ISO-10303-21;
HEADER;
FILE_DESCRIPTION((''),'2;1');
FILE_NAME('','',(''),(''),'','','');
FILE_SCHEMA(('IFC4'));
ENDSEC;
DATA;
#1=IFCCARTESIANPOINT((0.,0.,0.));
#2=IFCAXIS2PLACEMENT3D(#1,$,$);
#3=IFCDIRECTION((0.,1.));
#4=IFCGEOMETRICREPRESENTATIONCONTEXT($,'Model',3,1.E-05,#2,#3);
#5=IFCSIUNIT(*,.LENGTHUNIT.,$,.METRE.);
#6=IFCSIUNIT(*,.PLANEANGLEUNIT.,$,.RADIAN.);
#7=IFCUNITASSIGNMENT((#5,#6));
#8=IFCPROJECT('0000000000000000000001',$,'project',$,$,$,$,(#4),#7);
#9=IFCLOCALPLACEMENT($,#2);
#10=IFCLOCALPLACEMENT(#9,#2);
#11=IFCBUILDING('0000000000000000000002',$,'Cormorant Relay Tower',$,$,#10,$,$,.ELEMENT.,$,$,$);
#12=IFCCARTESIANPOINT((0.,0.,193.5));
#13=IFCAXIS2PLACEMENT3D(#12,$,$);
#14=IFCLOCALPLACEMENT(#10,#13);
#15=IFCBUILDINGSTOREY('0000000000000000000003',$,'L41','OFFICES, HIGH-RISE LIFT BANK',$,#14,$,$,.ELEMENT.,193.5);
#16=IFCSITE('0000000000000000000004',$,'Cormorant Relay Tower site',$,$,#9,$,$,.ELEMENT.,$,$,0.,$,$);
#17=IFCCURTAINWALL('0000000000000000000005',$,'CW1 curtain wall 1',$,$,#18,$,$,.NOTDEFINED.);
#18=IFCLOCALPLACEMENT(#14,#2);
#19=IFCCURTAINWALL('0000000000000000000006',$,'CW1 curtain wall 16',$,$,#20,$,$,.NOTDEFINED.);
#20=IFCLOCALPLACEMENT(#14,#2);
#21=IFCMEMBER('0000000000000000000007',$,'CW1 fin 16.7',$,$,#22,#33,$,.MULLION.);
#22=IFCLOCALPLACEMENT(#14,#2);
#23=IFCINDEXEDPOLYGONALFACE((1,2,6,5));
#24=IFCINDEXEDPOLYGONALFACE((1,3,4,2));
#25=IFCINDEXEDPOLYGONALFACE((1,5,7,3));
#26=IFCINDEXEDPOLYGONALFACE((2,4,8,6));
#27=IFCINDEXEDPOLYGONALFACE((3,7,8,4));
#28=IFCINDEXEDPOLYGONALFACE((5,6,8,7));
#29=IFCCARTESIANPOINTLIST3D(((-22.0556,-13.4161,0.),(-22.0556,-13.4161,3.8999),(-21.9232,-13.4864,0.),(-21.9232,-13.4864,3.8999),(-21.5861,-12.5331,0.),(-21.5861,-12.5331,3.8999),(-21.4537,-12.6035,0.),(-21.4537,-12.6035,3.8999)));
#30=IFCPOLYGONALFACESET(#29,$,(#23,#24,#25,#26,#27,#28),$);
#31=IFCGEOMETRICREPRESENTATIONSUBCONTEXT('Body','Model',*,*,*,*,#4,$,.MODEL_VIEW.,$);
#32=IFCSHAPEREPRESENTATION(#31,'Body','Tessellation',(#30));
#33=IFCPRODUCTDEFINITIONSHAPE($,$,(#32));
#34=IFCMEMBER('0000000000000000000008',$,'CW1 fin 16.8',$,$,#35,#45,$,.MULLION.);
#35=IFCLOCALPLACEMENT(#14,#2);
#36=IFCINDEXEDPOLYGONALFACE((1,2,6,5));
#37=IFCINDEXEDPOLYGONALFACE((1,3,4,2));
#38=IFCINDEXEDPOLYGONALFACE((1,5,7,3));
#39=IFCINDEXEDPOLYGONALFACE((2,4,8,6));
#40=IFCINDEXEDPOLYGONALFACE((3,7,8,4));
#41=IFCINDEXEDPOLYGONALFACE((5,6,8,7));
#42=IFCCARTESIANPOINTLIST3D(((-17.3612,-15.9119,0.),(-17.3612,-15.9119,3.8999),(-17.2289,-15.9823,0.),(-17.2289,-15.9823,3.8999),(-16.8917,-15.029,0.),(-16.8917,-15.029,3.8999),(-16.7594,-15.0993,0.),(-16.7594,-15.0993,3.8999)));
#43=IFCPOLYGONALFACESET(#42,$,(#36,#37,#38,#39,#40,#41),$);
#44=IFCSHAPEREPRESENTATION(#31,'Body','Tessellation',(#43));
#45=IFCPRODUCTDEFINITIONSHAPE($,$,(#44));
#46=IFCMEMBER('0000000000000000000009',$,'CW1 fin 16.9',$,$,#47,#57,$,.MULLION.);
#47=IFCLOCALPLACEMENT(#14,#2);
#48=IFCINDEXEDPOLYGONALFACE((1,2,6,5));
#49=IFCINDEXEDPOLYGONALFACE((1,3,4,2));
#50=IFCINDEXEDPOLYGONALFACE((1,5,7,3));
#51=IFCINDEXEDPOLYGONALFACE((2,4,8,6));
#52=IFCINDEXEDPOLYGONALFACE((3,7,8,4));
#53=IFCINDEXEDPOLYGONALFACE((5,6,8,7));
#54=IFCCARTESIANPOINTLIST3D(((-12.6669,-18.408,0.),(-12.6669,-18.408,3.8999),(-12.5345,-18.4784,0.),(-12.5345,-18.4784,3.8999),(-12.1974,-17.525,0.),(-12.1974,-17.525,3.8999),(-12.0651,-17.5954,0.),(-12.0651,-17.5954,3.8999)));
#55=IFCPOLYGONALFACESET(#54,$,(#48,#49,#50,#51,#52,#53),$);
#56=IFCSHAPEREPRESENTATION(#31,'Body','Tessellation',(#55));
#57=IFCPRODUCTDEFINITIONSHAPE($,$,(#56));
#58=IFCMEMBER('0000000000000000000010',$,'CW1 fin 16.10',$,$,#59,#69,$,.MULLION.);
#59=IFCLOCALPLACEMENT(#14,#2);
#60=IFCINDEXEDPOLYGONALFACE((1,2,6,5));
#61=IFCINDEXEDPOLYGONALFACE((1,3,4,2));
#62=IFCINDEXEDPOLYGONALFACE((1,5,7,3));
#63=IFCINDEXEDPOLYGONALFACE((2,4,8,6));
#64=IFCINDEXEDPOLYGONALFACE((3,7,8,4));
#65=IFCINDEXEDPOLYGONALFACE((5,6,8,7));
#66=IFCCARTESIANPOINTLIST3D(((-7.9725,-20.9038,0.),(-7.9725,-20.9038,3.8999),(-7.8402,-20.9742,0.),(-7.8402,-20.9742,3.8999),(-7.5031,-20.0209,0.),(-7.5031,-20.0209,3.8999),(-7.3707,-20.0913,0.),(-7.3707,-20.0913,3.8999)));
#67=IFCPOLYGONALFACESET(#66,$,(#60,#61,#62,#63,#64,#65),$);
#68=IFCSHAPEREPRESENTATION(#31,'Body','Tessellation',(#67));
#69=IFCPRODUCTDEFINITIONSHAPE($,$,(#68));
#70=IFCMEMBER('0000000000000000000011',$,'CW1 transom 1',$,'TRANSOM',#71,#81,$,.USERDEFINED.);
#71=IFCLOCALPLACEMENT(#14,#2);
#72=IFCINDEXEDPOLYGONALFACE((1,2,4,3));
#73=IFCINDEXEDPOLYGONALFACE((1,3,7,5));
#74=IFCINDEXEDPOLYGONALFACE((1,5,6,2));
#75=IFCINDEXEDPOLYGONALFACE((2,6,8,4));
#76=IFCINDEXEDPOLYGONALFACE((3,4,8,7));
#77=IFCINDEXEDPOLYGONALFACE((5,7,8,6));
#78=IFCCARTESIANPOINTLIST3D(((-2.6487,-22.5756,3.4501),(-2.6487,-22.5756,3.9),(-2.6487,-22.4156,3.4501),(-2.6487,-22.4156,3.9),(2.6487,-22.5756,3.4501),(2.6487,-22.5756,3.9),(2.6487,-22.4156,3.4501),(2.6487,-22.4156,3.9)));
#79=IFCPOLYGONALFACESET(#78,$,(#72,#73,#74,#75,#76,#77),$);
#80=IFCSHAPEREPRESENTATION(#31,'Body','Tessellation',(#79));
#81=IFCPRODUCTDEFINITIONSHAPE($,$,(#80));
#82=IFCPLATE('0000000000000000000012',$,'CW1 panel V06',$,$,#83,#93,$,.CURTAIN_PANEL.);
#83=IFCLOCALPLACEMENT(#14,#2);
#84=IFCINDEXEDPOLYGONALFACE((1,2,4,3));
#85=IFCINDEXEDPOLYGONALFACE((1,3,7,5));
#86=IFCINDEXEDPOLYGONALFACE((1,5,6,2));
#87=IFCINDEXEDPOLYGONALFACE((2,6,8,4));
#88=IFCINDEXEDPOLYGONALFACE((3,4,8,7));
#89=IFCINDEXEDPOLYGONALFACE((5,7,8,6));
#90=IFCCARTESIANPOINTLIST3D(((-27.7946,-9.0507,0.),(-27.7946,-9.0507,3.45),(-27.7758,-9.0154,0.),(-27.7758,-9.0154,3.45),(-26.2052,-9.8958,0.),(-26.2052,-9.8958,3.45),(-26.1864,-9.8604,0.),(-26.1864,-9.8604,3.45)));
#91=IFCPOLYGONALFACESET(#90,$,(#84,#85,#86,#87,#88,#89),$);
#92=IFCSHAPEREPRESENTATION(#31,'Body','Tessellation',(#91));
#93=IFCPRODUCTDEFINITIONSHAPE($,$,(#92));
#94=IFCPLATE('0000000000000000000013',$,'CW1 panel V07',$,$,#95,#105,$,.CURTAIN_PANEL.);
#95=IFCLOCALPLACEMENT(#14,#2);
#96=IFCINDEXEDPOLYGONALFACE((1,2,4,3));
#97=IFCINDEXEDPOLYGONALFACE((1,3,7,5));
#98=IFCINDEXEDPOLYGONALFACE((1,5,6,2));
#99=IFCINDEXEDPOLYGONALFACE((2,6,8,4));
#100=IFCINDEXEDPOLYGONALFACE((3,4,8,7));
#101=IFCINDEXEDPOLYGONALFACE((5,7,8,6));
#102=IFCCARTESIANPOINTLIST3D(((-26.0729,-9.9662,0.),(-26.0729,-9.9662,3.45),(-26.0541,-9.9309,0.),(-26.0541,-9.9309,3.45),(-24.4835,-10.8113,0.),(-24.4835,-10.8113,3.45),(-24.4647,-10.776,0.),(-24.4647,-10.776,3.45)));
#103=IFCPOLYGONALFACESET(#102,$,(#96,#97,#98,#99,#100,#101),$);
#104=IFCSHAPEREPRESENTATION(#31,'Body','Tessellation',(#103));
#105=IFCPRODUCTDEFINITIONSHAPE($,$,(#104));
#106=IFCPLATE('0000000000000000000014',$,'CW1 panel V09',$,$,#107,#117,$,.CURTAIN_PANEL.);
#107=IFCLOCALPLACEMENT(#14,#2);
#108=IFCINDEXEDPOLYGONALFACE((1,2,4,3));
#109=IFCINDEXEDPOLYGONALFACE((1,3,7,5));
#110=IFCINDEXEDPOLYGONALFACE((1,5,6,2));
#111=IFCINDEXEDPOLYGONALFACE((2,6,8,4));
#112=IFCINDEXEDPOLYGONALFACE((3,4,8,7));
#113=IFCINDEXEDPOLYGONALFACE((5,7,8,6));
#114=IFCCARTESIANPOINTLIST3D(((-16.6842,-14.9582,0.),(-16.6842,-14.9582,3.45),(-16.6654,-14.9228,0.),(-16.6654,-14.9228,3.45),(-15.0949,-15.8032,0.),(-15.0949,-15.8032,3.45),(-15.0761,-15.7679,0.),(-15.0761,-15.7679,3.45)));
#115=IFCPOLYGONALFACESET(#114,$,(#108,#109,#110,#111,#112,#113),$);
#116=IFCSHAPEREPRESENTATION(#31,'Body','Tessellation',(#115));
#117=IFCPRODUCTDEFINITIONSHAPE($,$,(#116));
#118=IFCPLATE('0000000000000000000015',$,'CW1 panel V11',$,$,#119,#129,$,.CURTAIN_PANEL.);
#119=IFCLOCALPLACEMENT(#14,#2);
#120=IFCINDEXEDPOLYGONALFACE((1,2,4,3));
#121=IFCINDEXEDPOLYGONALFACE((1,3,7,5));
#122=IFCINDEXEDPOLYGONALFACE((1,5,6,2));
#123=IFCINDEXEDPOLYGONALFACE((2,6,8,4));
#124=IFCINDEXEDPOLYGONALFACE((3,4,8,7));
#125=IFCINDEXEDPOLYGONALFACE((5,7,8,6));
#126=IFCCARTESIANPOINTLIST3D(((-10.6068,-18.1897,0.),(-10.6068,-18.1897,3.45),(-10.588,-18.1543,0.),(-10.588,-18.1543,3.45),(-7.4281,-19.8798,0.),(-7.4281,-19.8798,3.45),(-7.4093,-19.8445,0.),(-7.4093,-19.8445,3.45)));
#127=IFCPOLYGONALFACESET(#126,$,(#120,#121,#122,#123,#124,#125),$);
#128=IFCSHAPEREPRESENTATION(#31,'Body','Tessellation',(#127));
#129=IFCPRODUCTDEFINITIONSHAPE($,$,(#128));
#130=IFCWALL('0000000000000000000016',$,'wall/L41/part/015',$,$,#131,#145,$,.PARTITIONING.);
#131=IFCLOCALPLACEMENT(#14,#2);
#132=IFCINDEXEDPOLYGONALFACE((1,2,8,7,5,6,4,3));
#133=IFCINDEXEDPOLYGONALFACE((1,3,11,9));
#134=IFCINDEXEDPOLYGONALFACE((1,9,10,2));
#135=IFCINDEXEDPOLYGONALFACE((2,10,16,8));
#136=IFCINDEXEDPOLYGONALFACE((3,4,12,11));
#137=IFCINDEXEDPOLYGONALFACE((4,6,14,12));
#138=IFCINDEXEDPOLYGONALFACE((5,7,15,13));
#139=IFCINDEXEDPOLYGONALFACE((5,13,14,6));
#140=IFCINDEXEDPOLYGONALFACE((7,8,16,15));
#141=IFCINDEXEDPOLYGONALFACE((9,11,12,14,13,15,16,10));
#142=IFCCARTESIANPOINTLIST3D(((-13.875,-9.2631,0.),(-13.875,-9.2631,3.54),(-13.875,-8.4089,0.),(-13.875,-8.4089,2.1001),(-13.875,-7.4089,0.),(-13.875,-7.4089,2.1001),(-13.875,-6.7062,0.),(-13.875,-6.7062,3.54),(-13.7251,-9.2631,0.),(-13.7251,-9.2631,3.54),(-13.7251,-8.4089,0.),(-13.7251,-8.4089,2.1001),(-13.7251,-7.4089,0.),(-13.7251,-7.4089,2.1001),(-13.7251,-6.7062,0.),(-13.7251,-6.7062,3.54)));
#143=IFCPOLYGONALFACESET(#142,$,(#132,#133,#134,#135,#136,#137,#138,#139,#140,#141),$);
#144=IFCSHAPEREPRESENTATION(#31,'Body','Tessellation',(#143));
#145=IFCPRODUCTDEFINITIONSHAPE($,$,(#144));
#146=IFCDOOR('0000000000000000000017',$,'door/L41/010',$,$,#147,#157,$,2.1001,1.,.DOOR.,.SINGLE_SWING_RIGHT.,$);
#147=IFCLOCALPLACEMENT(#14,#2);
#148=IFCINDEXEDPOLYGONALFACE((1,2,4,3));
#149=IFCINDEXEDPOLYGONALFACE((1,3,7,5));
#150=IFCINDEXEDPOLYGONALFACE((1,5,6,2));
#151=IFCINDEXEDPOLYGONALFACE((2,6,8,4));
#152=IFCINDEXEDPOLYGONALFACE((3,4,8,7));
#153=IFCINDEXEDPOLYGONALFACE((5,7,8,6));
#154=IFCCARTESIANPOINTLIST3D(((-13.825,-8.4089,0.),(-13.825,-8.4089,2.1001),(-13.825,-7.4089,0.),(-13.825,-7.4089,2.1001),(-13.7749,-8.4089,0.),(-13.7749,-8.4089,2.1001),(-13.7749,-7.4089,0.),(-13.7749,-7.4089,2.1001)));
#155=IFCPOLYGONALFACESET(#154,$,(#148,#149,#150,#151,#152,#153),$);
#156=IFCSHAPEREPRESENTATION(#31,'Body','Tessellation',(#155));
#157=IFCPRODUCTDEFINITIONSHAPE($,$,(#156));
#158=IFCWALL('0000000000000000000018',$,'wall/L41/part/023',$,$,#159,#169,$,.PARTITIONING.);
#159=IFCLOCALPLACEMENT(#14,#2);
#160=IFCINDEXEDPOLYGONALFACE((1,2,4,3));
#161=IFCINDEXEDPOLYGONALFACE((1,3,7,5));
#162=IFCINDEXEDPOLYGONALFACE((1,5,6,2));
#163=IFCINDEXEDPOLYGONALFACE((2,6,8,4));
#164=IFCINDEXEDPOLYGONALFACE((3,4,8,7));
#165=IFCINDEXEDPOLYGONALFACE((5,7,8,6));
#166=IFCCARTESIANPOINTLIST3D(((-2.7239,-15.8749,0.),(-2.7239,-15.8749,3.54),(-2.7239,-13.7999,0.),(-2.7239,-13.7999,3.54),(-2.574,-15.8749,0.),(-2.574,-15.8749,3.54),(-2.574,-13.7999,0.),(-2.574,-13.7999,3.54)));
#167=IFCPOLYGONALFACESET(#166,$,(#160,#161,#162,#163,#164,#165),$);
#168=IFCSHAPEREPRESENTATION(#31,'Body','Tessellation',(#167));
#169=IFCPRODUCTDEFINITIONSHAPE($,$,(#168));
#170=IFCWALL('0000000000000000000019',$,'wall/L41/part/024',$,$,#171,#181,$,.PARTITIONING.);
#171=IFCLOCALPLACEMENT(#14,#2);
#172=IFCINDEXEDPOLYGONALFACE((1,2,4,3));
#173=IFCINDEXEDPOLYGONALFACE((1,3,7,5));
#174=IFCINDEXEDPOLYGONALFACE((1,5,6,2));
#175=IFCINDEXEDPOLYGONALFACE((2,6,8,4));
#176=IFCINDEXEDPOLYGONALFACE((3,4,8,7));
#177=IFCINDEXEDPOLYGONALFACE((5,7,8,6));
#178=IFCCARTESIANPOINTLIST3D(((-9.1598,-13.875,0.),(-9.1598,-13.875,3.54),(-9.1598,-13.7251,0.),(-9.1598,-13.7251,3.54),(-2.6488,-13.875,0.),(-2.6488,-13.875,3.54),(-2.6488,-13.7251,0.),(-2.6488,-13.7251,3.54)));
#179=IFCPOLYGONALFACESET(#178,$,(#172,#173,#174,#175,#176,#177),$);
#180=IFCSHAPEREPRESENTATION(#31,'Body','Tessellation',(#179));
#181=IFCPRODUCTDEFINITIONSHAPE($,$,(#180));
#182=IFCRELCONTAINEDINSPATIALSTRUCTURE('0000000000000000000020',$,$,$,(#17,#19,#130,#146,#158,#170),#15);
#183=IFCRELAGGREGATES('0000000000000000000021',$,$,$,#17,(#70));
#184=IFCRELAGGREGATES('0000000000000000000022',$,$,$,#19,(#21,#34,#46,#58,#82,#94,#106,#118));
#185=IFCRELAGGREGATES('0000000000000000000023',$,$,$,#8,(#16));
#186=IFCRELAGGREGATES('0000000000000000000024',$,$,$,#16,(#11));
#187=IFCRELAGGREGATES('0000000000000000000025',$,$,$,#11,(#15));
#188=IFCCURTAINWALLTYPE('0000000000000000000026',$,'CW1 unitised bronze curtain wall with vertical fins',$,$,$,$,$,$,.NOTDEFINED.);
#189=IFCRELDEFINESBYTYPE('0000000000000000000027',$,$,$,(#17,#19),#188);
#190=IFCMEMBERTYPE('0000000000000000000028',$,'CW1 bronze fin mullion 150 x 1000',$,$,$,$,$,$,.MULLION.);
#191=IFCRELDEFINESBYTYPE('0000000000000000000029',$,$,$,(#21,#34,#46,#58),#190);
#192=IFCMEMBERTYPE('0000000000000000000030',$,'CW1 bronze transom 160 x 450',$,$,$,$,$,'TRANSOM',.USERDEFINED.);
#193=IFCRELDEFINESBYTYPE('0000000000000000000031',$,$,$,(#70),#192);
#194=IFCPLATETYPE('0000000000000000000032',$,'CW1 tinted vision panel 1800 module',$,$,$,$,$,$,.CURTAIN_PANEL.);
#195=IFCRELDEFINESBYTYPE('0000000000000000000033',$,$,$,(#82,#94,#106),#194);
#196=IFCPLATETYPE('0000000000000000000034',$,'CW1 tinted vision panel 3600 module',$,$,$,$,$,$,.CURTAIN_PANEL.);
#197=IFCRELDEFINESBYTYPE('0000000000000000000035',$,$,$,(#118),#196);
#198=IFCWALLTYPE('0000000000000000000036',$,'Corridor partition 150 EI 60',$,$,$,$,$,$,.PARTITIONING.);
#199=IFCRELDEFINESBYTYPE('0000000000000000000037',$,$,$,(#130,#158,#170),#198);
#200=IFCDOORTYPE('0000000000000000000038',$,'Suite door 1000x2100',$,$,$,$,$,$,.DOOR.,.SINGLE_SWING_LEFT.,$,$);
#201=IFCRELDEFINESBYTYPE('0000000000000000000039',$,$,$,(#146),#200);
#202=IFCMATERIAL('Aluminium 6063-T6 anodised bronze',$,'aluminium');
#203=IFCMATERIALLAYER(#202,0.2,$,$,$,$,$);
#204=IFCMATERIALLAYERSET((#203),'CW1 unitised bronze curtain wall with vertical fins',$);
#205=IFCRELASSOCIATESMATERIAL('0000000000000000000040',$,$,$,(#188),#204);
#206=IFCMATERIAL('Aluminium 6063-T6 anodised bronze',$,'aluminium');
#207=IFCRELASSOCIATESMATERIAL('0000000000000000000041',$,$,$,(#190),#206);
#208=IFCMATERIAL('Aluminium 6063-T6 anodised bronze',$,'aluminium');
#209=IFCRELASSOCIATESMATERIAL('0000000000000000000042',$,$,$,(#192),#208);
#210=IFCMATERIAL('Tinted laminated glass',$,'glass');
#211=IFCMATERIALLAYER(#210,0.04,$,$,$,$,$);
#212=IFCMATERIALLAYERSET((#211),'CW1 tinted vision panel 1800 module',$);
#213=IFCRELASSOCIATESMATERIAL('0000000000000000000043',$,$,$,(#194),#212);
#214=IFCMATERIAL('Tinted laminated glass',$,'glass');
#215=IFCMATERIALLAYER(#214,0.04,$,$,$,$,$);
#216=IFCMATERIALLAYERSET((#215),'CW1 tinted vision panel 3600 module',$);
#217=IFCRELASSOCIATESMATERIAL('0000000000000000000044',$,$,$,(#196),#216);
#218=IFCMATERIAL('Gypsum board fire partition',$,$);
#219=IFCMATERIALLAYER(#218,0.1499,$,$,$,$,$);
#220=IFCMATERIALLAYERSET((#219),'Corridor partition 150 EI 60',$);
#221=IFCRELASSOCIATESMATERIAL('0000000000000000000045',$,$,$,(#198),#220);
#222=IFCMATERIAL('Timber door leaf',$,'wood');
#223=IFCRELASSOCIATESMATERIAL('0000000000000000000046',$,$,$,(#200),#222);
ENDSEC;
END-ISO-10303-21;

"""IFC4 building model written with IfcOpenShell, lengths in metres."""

from ifc_helpers import new_model, si_unit, direction, frame, frame_2d, origin, origin_2d, place, context, subcontext, project, spatial, rectangle, extrude, material, layer, layer_set, material_profile, profile_set, type_object, element, fill, aggregate, save


model = new_model("IFC4")

# Units and contexts
model_context = context("Model", 3, precision=1e-05, world=origin(), true_north=direction((0.0, 1.0)))
body_context = subcontext(model_context, "Body", "Model", "MODEL_VIEW")
ifc_project = project(units=[si_unit("LENGTHUNIT", "METRE"), si_unit("PLANEANGLEUNIT", "RADIAN")], contexts=[model_context])

# Site, building, storey
site_placement = place(None, origin())
site = spatial("IfcSite", under=ifc_project, at=site_placement, Name="Cormorant Relay Tower site", CompositionType="ELEMENT", RefElevation=0.0)
building_placement = place(site_placement, origin())
building = spatial("IfcBuilding", under=site, at=building_placement, Name="Cormorant Relay Tower", CompositionType="ELEMENT")
storey_placement = place(building_placement, frame((0.0, 0.0, 193.5)))
storey = spatial("IfcBuildingStorey", under=building, at=storey_placement, Name="L41", Description="OFFICES, HIGH-RISE LIFT BANK", CompositionType="ELEMENT", Elevation=193.5)

# Curtain wall
ifc_material_1 = material(Name="Aluminium 6063-T6 anodised bronze", Category="aluminium")
ifc_layer_1 = layer(ifc_material_1, 0.2)
ifc_layer_set_1 = layer_set([ifc_layer_1], Name="CW1 unitised bronze curtain wall with vertical fins")
curtain_wall_type = type_object("IfcCurtainWallType", Name="CW1 unitised bronze curtain wall with vertical fins", PredefinedType="NOTDEFINED", material=ifc_layer_set_1)
curtain_wall_1_placement = place(storey_placement, origin())
curtain_wall_1 = element("IfcCurtainWall", 1, at=curtain_wall_1_placement, inside=storey, type_object=curtain_wall_type, Name="CW1 curtain wall 1", PredefinedType="NOTDEFINED")
ifc_material_2 = material(Name="Aluminium 6063-T6 anodised bronze", Category="aluminium")
ifc_material_profile_1 = material_profile(ifc_material_2, rectangle(XDim=0.1499, YDim=1.0, at=origin_2d()), Name="AL 150x1000")
ifc_profile_set_1 = profile_set([ifc_material_profile_1], Name="Aluminium 6063-T6 anodised bronze")
member_type_1 = type_object("IfcMemberType", Name="CW1 bronze fin mullion 150 x 1000", PredefinedType="MULLION", material=ifc_profile_set_1)

# Curtain wall, members
curtain_wall_2_placement = place(storey_placement, origin())
curtain_wall_2 = element("IfcCurtainWall", 2, at=curtain_wall_2_placement, inside=storey, type_object=curtain_wall_type, Name="CW1 curtain wall 16", PredefinedType="NOTDEFINED")
member_1_placement = place(storey_placement, frame((-21.7546, -13.0098, 0.0), z_axis=(0.0, 0.0, 1.0), x_axis=(0.882948, -0.469472, 0.0)))
member_1 = element("IfcMember", 3, at=member_1_placement, type_object=member_type_1, Name="CW1 fin 16.7", PredefinedType="MULLION", context=body_context, shape_type="SweptSolid", body=[
    extrude(rectangle(XDim=0.1499, YDim=1.0, at=origin_2d()), origin(), (0.0, 0.0, 1.0), 3.8999),
])
member_2_placement = place(storey_placement, frame((-17.0603, -15.5056, 0.0), z_axis=(0.0, 0.0, 1.0), x_axis=(0.882948, -0.469472, 0.0)))
member_2 = element("IfcMember", 4, at=member_2_placement, type_object=member_type_1, Name="CW1 fin 16.8", PredefinedType="MULLION", context=body_context, shape_type="SweptSolid", body=[
    extrude(rectangle(XDim=0.1499, YDim=1.0, at=origin_2d()), origin(), (0.0, 0.0, 1.0), 3.8999),
])
member_3_placement = place(storey_placement, frame((-12.366, -18.0017, 0.0), z_axis=(0.0, 0.0, 1.0), x_axis=(0.882948, -0.469472, 0.0)))
member_3 = element("IfcMember", 5, at=member_3_placement, type_object=member_type_1, Name="CW1 fin 16.9", PredefinedType="MULLION", context=body_context, shape_type="SweptSolid", body=[
    extrude(rectangle(XDim=0.1499, YDim=1.0, at=origin_2d()), origin(), (0.0, 0.0, 1.0), 3.8999),
])
member_4_placement = place(storey_placement, frame((-7.6716, -20.4976, 0.0), z_axis=(0.0, 0.0, 1.0), x_axis=(0.882948, -0.469472, 0.0)))
member_4 = element("IfcMember", 6, at=member_4_placement, type_object=member_type_1, Name="CW1 fin 16.10", PredefinedType="MULLION", context=body_context, shape_type="SweptSolid", body=[
    extrude(rectangle(XDim=0.1499, YDim=1.0, at=origin_2d()), origin(), (0.0, 0.0, 1.0), 3.8999),
])

# Member
ifc_material_3 = material(Name="Aluminium 6063-T6 anodised bronze", Category="aluminium")
ifc_material_profile_2 = material_profile(ifc_material_3, rectangle(XDim=0.1599, YDim=0.45, at=origin_2d()), Name="AL 160x450")
ifc_profile_set_2 = profile_set([ifc_material_profile_2], Name="Aluminium 6063-T6 anodised bronze")
member_type_2 = type_object("IfcMemberType", Name="CW1 bronze transom 160 x 450", ElementType="TRANSOM", PredefinedType="USERDEFINED", material=ifc_profile_set_2)
member_5_placement = place(storey_placement, frame((-2.6487, -22.4956, 3.675), z_axis=(1.0, 0.0, 0.0), x_axis=(0.0, 1.0, 0.0)))
member_5 = element("IfcMember", 7, at=member_5_placement, type_object=member_type_2, Name="CW1 transom 1", ObjectType="TRANSOM", PredefinedType="USERDEFINED", context=body_context, shape_type="SweptSolid", body=[
    extrude(rectangle(XDim=0.1599, YDim=0.45, at=origin_2d()), origin(), (0.0, 0.0, 1.0), 5.2974),
])
aggregate(curtain_wall_1, [member_5])

# Plates
ifc_material_4 = material(Name="Tinted laminated glass", Category="glass")
ifc_layer_2 = layer(ifc_material_4, 0.04)
ifc_layer_set_2 = layer_set([ifc_layer_2], Name="CW1 tinted vision panel 1800 module")
plate_type_1 = type_object("IfcPlateType", Name="CW1 tinted vision panel 1800 module", PredefinedType="CURTAIN_PANEL", material=ifc_layer_set_2)
plate_1_placement = place(storey_placement, frame((-26.9905, -9.4556, 0.0), z_axis=(0.0, 0.0, 1.0), x_axis=(0.882948, -0.469472, 0.0)))
plate_1 = element("IfcPlate", 8, at=plate_1_placement, type_object=plate_type_1, Name="CW1 panel V06", PredefinedType="CURTAIN_PANEL", context=body_context, shape_type="SweptSolid", body=[
    extrude(rectangle(XDim=1.8, YDim=0.04, at=origin_2d()), origin(), (0.0, 0.0, 1.0), 3.45),
])
plate_2_placement = place(storey_placement, frame((-25.2688, -10.3711, 0.0), z_axis=(0.0, 0.0, 1.0), x_axis=(0.882948, -0.469472, 0.0)))
plate_2 = element("IfcPlate", 9, at=plate_2_placement, type_object=plate_type_1, Name="CW1 panel V07", PredefinedType="CURTAIN_PANEL", context=body_context, shape_type="SweptSolid", body=[
    extrude(rectangle(XDim=1.8, YDim=0.04, at=origin_2d()), origin(), (0.0, 0.0, 1.0), 3.45),
])
plate_3_placement = place(storey_placement, frame((-15.8801, -15.363, 0.0), z_axis=(0.0, 0.0, 1.0), x_axis=(0.882948, -0.469472, 0.0)))
plate_3 = element("IfcPlate", 10, at=plate_3_placement, type_object=plate_type_1, Name="CW1 panel V09", PredefinedType="CURTAIN_PANEL", context=body_context, shape_type="SweptSolid", body=[
    extrude(rectangle(XDim=1.8, YDim=0.04, at=origin_2d()), origin(), (0.0, 0.0, 1.0), 3.45),
])
ifc_material_5 = material(Name="Tinted laminated glass", Category="glass")
ifc_layer_3 = layer(ifc_material_5, 0.04)
ifc_layer_set_3 = layer_set([ifc_layer_3], Name="CW1 tinted vision panel 3600 module")
plate_type_2 = type_object("IfcPlateType", Name="CW1 tinted vision panel 3600 module", PredefinedType="CURTAIN_PANEL", material=ifc_layer_set_3)
plate_4_placement = place(storey_placement, frame((-9.0081, -19.0171, 0.0), z_axis=(0.0, 0.0, 1.0), x_axis=(0.882948, -0.469472, 0.0)))
plate_4 = element("IfcPlate", 11, at=plate_4_placement, type_object=plate_type_2, Name="CW1 panel V11", PredefinedType="CURTAIN_PANEL", context=body_context, shape_type="SweptSolid", body=[
    extrude(rectangle(XDim=3.6001, YDim=0.04, at=origin_2d()), origin(), (0.0, 0.0, 1.0), 3.45),
])

# Wall, opening, door
ifc_material_6 = material(Name="Gypsum board fire partition")
ifc_layer_4 = layer(ifc_material_6, 0.1499)
ifc_layer_set_4 = layer_set([ifc_layer_4], Name="Corridor partition 150 EI 60")
wall_type_1 = type_object("IfcWallType", Name="Corridor partition 150 EI 60", PredefinedType="PARTITIONING", material=ifc_layer_set_4)
wall_1_placement = place(storey_placement, frame((-13.8, -9.2629, 0.0), z_axis=(0.0, 0.0, 1.0), x_axis=(0.0, 1.0, 0.0)))
wall_1 = element("IfcWall", 12, at=wall_1_placement, inside=storey, type_object=wall_type_1, Name="wall/L41/part/015", PredefinedType="PARTITIONING", context=body_context, shape_type="SweptSolid", body=[
    extrude(rectangle(XDim=2.5569, YDim=0.1499, at=frame_2d((1.2783, 0.0))), origin(), (0.0, 0.0, 1.0), 3.54),
])
opening_1_placement = place(wall_1_placement, frame((0.854, 0.0, 0.0)))
opening_1 = element("IfcOpeningElement", 13, at=opening_1_placement, cuts=wall_1, PredefinedType="OPENING", context=body_context, shape_type="SweptSolid", body=[
    extrude(rectangle(XDim=1.0, YDim=2.1001, at=frame_2d((0.5, 1.05))), frame((0.0, 0.085, 0.0), z_axis=(0.0, -1.0, 0.0), x_axis=(1.0, 0.0, 0.0)), (0.0, 0.0, 1.0), 0.1699),
])
ifc_material_7 = material(Name="Timber door leaf", Category="wood")
door_type_1 = type_object("IfcDoorType", Name="Suite door 1000x2100", OperationType="SINGLE_SWING_LEFT", PredefinedType="DOOR", material=ifc_material_7)
door_1_placement = place(opening_1_placement, origin())
door_1 = element("IfcDoor", 14, at=door_1_placement, inside=storey, type_object=door_type_1, Name="door/L41/010", OperationType="SINGLE_SWING_RIGHT", OverallHeight=2.1001, OverallWidth=1.0, PredefinedType="DOOR", context=body_context, shape_type="SweptSolid", body=[
    extrude(rectangle(XDim=1.0, YDim=2.1001, at=frame_2d((0.5, 1.05))), frame((0.0, 0.0249, 0.0), z_axis=(0.0, -1.0, 0.0), x_axis=(1.0, 0.0, 0.0)), (0.0, 0.0, 1.0), 0.05),
])
fill(opening_1, door_1)

# Walls
wall_2_placement = place(storey_placement, frame((-2.6489, -15.875, 0.0), z_axis=(0.0, 0.0, 1.0), x_axis=(0.0, 1.0, 0.0)))
element("IfcWall", 15, at=wall_2_placement, inside=storey, type_object=wall_type_1, Name="wall/L41/part/023", PredefinedType="PARTITIONING", context=body_context, shape_type="SweptSolid", body=[
    extrude(rectangle(XDim=2.075, YDim=0.1499, at=frame_2d((1.0376, 0.0))), origin(), (0.0, 0.0, 1.0), 3.54),
])
wall_3_placement = place(storey_placement, frame((-2.6489, -13.8, 0.0), z_axis=(0.0, 0.0, 1.0), x_axis=(-1.0, 0.0, 0.0)))
element("IfcWall", 16, at=wall_3_placement, inside=storey, type_object=wall_type_1, Name="wall/L41/part/024", PredefinedType="PARTITIONING", context=body_context, shape_type="SweptSolid", body=[
    extrude(rectangle(XDim=6.511, YDim=0.1499, at=frame_2d((3.2554, 0.0))), origin(), (0.0, 0.0, 1.0), 3.54),
])

aggregate(curtain_wall_2, [member_1, member_2, member_3, member_4, plate_1, plate_2, plate_3, plate_4])

save(model, "model.ifc")
